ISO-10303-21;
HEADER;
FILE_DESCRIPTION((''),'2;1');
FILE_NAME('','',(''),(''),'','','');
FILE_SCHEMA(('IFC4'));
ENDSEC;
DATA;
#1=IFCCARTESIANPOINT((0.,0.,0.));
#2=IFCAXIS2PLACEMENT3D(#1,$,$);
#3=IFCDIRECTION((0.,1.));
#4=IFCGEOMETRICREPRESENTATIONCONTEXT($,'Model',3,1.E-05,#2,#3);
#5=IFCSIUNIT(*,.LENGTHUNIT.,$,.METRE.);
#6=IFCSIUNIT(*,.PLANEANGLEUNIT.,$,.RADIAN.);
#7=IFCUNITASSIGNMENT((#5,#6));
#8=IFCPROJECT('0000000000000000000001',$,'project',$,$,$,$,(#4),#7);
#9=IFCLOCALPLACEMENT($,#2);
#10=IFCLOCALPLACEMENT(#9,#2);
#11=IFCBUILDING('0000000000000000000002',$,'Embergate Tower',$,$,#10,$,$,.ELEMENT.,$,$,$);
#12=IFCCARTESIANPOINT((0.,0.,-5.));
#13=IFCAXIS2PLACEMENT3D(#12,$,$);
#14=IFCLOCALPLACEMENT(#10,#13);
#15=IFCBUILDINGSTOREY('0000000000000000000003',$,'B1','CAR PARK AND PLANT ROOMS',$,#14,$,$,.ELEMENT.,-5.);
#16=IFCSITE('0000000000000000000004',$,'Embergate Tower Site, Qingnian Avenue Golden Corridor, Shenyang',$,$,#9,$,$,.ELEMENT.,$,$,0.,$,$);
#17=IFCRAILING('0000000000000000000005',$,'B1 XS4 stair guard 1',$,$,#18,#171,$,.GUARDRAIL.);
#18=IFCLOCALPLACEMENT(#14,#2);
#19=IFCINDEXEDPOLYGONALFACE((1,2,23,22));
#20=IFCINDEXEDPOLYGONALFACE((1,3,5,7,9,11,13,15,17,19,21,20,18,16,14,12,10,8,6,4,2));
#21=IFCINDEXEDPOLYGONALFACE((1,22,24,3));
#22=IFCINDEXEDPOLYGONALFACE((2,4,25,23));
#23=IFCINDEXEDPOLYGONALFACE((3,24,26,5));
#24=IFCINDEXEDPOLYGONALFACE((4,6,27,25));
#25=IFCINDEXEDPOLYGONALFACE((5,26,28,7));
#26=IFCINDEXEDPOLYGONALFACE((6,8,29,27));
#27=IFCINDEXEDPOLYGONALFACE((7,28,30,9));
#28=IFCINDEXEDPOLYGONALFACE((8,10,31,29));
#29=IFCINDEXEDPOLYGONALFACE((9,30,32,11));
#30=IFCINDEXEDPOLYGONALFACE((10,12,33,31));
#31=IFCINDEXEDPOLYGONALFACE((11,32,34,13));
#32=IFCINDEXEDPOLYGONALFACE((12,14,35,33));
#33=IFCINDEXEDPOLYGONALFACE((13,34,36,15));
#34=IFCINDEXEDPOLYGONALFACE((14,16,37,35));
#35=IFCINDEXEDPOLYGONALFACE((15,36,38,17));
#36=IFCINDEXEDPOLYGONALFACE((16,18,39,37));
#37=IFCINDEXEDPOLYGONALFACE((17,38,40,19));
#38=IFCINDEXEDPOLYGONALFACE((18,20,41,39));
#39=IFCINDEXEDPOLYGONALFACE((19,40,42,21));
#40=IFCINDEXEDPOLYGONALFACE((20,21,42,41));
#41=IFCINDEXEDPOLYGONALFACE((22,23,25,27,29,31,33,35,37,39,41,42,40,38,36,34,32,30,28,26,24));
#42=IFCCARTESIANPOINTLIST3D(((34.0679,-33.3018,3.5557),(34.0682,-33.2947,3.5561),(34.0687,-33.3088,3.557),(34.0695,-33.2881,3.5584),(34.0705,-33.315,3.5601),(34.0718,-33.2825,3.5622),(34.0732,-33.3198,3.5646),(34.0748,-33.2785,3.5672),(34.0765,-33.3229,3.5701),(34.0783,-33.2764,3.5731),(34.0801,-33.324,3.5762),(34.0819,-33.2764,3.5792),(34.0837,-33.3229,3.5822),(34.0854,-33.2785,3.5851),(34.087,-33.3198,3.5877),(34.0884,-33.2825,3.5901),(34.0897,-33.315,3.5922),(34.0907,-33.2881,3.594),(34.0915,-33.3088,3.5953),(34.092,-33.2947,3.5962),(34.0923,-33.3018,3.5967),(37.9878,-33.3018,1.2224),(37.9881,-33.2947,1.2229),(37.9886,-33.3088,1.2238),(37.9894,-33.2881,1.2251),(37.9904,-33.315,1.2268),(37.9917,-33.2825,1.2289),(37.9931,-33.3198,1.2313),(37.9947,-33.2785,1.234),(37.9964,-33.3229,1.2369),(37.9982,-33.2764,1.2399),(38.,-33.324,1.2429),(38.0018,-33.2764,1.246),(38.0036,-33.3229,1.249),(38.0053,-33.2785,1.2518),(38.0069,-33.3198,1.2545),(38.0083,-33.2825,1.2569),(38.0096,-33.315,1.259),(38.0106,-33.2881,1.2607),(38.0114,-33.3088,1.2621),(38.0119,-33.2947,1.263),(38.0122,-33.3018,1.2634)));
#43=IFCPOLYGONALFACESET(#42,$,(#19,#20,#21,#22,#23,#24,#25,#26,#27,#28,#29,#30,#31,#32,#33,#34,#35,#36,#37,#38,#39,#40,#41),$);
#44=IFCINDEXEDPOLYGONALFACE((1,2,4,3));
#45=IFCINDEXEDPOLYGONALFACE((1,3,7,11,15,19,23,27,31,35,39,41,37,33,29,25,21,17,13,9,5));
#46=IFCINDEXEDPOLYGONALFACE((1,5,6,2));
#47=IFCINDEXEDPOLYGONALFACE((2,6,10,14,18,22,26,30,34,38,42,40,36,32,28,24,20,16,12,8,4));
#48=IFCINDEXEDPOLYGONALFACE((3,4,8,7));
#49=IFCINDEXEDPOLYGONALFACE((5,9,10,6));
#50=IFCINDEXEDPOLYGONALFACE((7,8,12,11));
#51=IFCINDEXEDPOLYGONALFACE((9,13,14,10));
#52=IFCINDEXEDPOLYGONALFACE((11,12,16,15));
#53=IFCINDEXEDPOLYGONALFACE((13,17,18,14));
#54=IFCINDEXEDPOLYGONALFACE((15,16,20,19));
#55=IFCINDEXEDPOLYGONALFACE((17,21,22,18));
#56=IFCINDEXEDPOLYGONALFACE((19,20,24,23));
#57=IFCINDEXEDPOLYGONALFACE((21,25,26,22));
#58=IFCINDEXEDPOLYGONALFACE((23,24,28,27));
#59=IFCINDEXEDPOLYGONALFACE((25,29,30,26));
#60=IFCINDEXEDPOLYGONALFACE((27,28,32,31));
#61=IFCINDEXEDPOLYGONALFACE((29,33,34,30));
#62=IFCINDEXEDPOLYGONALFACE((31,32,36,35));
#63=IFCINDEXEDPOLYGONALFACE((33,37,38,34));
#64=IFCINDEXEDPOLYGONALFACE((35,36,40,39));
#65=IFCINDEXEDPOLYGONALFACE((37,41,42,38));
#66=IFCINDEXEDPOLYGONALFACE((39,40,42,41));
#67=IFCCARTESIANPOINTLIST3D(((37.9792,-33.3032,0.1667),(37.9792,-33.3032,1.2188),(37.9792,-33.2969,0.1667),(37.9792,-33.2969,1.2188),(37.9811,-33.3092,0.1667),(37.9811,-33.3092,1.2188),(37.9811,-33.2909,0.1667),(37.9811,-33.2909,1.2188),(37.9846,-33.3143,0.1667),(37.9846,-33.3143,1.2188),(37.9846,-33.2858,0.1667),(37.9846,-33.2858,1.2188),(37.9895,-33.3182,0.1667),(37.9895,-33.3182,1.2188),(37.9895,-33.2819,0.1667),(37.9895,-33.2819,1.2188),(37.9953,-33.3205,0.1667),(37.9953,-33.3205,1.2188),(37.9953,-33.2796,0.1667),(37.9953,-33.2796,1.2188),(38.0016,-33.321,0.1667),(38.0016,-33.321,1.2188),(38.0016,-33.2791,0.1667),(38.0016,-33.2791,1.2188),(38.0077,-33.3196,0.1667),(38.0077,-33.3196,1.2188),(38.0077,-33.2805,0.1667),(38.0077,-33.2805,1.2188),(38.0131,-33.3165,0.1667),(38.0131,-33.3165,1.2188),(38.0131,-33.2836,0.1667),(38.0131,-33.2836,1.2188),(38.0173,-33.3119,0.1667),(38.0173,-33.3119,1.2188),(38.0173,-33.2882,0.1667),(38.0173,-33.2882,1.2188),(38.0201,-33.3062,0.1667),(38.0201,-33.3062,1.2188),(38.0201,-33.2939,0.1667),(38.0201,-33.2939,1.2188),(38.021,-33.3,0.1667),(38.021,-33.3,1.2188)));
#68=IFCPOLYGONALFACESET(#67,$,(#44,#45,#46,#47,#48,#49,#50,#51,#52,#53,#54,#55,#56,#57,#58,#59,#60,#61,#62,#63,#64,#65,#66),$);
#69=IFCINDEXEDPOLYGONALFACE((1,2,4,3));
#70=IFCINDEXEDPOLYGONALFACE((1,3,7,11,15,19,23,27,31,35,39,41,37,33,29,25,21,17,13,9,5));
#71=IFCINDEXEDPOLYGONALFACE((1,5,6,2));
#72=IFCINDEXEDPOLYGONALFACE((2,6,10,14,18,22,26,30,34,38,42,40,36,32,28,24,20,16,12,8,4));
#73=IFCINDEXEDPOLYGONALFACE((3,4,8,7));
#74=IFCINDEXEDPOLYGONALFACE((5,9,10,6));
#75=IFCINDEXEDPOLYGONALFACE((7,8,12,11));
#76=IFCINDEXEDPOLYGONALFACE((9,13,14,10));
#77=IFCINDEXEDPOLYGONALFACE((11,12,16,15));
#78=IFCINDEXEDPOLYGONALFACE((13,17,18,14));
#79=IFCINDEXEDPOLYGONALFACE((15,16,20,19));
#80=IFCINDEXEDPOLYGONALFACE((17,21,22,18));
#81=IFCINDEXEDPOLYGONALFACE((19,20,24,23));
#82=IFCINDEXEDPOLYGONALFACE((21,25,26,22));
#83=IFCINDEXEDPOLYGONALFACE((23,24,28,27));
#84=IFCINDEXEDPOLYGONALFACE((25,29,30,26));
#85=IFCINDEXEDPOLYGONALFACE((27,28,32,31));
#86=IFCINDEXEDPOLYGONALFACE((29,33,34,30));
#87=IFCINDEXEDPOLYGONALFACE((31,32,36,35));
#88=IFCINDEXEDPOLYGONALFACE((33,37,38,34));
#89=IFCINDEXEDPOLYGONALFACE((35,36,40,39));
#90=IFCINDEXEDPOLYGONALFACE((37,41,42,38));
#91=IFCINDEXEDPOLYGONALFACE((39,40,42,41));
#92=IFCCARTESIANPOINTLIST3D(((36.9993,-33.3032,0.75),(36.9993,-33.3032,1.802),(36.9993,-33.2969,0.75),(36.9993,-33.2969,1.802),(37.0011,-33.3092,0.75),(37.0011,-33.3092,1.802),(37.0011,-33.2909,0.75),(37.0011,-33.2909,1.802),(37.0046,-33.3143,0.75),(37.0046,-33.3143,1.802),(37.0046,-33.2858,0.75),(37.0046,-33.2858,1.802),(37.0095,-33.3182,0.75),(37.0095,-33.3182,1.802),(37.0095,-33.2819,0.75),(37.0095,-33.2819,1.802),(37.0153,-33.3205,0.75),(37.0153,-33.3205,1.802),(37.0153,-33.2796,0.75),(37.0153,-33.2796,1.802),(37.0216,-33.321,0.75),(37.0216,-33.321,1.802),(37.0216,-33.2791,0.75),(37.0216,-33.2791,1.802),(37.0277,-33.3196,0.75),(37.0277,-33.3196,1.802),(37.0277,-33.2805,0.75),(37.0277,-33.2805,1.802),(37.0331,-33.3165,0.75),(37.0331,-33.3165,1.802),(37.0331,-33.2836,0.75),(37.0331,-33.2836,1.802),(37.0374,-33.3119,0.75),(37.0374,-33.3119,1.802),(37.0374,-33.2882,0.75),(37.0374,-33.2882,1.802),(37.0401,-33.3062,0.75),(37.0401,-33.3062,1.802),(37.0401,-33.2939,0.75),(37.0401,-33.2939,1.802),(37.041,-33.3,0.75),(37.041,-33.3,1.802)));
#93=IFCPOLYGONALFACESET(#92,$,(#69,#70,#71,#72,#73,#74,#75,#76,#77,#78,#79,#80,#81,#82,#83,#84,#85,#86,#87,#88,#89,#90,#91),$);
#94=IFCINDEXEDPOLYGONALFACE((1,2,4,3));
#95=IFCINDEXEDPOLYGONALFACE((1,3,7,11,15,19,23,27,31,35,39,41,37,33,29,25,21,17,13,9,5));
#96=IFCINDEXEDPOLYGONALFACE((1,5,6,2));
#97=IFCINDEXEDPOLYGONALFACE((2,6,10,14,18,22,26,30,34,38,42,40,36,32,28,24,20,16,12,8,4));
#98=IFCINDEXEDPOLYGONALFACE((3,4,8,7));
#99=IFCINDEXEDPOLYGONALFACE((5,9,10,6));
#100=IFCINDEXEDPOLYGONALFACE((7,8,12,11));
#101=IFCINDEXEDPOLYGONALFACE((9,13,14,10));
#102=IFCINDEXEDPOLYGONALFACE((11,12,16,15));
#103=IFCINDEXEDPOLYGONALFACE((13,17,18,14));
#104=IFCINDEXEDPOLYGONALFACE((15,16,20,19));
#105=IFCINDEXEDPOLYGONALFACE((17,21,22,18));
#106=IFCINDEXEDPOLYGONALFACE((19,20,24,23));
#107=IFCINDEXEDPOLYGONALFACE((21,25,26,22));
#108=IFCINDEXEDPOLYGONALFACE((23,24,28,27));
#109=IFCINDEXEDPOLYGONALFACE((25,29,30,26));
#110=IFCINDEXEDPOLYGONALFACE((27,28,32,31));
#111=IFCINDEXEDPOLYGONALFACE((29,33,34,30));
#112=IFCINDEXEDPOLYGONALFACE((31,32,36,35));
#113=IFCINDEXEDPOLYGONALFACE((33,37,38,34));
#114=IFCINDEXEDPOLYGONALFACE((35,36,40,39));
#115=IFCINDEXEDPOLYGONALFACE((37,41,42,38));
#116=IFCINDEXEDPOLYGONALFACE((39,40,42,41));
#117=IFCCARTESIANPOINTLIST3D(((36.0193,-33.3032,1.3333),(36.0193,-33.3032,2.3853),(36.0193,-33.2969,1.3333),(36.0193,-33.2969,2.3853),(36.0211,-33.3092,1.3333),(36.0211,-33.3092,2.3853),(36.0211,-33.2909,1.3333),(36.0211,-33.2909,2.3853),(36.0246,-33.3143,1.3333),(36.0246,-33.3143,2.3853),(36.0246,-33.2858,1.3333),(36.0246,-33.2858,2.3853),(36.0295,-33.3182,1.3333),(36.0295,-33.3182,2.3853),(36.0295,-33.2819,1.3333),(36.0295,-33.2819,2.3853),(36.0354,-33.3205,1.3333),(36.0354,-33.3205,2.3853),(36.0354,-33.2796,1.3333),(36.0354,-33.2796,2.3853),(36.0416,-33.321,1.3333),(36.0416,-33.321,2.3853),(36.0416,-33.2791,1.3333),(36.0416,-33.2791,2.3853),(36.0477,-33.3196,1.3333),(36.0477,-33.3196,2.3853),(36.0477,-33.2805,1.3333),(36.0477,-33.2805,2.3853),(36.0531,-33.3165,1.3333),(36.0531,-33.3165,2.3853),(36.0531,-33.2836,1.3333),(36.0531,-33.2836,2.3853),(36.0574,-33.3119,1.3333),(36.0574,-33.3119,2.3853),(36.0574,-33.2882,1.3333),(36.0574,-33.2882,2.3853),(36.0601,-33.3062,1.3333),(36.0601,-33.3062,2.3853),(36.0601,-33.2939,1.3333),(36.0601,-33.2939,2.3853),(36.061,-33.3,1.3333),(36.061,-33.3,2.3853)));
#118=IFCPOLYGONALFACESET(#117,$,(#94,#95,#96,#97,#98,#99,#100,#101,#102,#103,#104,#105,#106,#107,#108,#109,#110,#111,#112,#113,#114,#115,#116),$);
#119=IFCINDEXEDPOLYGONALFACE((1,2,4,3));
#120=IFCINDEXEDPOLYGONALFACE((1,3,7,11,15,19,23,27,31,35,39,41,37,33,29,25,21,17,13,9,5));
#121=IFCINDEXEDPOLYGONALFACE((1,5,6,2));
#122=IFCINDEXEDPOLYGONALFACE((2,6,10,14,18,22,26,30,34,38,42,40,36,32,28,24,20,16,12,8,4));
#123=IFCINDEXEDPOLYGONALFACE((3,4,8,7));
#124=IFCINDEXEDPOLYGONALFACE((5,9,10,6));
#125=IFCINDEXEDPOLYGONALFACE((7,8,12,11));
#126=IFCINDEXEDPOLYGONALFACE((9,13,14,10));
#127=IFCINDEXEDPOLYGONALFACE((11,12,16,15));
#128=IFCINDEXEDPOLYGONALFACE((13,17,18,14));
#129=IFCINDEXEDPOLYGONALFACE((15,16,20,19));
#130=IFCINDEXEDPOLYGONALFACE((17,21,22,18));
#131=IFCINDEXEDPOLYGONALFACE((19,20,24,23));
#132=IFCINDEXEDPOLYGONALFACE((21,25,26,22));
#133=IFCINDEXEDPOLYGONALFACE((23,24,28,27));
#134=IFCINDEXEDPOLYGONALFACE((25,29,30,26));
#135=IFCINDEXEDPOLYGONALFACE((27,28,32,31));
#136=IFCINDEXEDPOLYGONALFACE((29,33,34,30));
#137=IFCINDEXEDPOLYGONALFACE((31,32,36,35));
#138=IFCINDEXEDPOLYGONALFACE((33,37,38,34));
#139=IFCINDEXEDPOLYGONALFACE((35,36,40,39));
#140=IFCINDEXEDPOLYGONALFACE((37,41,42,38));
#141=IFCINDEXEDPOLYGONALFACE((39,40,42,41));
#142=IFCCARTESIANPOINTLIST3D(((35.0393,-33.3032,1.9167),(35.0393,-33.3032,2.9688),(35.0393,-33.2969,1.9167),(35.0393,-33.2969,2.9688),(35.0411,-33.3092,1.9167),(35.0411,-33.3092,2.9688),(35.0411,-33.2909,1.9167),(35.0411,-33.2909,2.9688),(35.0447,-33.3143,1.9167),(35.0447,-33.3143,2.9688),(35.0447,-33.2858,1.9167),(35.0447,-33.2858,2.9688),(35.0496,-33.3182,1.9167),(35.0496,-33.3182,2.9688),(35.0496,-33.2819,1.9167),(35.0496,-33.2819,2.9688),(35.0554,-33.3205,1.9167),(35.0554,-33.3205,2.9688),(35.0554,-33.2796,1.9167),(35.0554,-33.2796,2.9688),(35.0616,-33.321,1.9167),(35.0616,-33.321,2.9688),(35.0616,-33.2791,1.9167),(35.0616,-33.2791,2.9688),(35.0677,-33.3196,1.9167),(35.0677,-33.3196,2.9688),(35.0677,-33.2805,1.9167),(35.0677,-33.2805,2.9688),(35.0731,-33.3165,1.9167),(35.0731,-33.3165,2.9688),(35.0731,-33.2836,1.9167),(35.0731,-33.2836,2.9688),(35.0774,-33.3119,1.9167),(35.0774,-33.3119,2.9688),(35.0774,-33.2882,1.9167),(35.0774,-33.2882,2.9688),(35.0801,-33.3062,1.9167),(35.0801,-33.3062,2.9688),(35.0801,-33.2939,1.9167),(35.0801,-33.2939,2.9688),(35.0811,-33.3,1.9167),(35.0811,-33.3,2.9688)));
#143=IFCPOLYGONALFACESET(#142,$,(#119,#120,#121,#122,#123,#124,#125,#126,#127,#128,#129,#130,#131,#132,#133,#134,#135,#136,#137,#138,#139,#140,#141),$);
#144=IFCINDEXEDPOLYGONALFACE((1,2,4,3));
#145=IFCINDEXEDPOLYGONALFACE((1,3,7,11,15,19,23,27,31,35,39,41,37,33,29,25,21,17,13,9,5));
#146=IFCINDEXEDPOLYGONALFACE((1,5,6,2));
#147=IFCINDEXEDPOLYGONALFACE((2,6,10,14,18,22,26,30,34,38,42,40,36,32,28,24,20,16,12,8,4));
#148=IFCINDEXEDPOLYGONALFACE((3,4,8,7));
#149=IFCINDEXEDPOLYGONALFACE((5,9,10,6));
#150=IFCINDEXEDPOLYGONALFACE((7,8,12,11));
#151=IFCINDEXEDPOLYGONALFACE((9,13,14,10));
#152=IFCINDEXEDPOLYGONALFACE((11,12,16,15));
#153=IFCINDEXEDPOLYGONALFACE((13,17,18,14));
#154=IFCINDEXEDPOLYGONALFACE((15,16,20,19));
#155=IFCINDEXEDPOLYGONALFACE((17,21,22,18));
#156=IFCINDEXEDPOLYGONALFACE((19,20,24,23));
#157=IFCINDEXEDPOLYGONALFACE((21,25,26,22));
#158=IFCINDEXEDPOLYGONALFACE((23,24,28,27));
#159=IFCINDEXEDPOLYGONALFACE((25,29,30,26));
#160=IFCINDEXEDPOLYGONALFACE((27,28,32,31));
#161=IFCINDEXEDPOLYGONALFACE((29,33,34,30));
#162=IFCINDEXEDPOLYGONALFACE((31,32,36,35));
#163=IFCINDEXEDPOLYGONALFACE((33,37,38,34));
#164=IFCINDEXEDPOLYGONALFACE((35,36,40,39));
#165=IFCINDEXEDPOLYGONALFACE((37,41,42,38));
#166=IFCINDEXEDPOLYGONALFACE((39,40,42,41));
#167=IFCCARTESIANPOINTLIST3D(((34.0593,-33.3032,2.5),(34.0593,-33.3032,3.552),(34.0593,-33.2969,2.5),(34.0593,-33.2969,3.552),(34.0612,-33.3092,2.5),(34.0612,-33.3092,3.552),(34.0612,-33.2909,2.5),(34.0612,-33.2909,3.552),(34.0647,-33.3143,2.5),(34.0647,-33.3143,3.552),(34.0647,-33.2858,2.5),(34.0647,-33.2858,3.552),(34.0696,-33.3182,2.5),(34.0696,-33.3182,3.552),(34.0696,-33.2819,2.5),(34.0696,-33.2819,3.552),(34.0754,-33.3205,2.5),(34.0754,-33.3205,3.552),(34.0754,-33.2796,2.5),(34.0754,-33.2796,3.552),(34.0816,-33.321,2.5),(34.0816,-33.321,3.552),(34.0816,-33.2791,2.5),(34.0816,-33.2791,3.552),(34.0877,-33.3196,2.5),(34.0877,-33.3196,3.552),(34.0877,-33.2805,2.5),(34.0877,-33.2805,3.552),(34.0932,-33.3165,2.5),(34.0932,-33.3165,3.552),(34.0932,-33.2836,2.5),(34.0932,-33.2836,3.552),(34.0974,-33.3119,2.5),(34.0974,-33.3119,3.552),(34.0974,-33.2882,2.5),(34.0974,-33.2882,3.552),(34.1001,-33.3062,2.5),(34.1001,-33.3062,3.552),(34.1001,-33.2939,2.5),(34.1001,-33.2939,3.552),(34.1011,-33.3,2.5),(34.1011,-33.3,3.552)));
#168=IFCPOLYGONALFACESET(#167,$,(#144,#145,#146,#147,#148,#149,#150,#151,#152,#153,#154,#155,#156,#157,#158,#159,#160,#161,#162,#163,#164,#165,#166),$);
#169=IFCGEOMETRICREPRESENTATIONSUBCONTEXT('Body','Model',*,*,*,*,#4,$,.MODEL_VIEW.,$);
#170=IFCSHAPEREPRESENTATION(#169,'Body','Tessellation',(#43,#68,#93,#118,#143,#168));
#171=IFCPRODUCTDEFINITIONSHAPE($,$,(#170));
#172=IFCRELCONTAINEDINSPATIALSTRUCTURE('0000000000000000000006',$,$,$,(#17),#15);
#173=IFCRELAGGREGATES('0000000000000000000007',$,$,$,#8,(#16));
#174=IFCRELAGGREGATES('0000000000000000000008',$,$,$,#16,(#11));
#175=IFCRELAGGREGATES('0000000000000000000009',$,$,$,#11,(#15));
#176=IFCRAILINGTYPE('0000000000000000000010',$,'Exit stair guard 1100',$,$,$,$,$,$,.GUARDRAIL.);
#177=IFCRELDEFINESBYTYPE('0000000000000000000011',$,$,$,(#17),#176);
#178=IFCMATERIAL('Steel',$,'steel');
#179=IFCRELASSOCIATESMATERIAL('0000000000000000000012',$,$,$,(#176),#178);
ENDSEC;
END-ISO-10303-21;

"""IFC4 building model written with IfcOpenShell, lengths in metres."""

from ifc_helpers import new_model, si_unit, direction, frame, origin, origin_2d, place, context, subcontext, project, spatial, circle, extrude, source, transform, mapped, material, type_object, element, save


model = new_model("IFC4")

# Units and contexts
model_context = context("Model", 3, precision=1e-05, world=origin(), true_north=direction((0.0, 1.0)))
body_context = subcontext(model_context, "Body", "Model", "MODEL_VIEW")
ifc_project = project(units=[si_unit("LENGTHUNIT", "METRE"), si_unit("PLANEANGLEUNIT", "RADIAN")], contexts=[model_context])

# Site, building, storey
site_placement = place(None, origin())
site = spatial("IfcSite", under=ifc_project, at=site_placement, Name="Embergate Tower Site, Qingnian Avenue Golden Corridor, Shenyang", CompositionType="ELEMENT", RefElevation=0.0)
building_placement = place(site_placement, origin())
building = spatial("IfcBuilding", under=site, at=building_placement, Name="Embergate Tower", CompositionType="ELEMENT")
storey_placement = place(building_placement, frame((0.0, 0.0, -5.0)))
storey = spatial("IfcBuildingStorey", under=building, at=storey_placement, Name="B1", Description="CAR PARK AND PLANT ROOMS", CompositionType="ELEMENT", Elevation=-5.0)

# Railing
ifc_material_1 = material(Name="Steel", Category="steel")
railing_type_1 = type_object("IfcRailingType", Name="Exit stair guard 1100", PredefinedType="GUARDRAIL", material=ifc_material_1)
shared_shape_1 = source(origin(), body_context, "Body", "SweptSolid", [
    extrude(circle(Radius=0.0239, at=origin_2d()), frame((0.0, 0.0, 1.0762), z_axis=(-0.859296, 0.0, 0.511478), x_axis=(0.0, -1.0, 0.0)), (0.0, 0.0, 1.0), 4.5618),
    extrude(circle(Radius=0.021, at=origin_2d()), origin(), (0.0, 0.0, 1.0), 1.052),
    extrude(circle(Radius=0.021, at=origin_2d()), frame((-0.98, 0.0, 0.5833)), (0.0, 0.0, 1.0), 1.052),
    extrude(circle(Radius=0.021, at=origin_2d()), frame((-1.96, 0.0, 1.1665)), (0.0, 0.0, 1.0), 1.052),
    extrude(circle(Radius=0.021, at=origin_2d()), frame((-2.9399, 0.0, 1.75)), (0.0, 0.0, 1.0), 1.052),
    extrude(circle(Radius=0.021, at=origin_2d()), frame((-3.9199, 0.0, 2.3333)), (0.0, 0.0, 1.0), 1.052),
])
railing_1_placement = place(storey_placement, frame((38.0, -33.3, 0.1667)))
element("IfcRailing", 1, at=railing_1_placement, inside=storey, type_object=railing_type_1, Name="B1 XS4 stair guard 1", PredefinedType="GUARDRAIL", context=body_context, shape_type="MappedRepresentation", body=[
    mapped(shared_shape_1, transform((0.0, 0.0, 0.0))),
])

save(model, "model.ifc")
